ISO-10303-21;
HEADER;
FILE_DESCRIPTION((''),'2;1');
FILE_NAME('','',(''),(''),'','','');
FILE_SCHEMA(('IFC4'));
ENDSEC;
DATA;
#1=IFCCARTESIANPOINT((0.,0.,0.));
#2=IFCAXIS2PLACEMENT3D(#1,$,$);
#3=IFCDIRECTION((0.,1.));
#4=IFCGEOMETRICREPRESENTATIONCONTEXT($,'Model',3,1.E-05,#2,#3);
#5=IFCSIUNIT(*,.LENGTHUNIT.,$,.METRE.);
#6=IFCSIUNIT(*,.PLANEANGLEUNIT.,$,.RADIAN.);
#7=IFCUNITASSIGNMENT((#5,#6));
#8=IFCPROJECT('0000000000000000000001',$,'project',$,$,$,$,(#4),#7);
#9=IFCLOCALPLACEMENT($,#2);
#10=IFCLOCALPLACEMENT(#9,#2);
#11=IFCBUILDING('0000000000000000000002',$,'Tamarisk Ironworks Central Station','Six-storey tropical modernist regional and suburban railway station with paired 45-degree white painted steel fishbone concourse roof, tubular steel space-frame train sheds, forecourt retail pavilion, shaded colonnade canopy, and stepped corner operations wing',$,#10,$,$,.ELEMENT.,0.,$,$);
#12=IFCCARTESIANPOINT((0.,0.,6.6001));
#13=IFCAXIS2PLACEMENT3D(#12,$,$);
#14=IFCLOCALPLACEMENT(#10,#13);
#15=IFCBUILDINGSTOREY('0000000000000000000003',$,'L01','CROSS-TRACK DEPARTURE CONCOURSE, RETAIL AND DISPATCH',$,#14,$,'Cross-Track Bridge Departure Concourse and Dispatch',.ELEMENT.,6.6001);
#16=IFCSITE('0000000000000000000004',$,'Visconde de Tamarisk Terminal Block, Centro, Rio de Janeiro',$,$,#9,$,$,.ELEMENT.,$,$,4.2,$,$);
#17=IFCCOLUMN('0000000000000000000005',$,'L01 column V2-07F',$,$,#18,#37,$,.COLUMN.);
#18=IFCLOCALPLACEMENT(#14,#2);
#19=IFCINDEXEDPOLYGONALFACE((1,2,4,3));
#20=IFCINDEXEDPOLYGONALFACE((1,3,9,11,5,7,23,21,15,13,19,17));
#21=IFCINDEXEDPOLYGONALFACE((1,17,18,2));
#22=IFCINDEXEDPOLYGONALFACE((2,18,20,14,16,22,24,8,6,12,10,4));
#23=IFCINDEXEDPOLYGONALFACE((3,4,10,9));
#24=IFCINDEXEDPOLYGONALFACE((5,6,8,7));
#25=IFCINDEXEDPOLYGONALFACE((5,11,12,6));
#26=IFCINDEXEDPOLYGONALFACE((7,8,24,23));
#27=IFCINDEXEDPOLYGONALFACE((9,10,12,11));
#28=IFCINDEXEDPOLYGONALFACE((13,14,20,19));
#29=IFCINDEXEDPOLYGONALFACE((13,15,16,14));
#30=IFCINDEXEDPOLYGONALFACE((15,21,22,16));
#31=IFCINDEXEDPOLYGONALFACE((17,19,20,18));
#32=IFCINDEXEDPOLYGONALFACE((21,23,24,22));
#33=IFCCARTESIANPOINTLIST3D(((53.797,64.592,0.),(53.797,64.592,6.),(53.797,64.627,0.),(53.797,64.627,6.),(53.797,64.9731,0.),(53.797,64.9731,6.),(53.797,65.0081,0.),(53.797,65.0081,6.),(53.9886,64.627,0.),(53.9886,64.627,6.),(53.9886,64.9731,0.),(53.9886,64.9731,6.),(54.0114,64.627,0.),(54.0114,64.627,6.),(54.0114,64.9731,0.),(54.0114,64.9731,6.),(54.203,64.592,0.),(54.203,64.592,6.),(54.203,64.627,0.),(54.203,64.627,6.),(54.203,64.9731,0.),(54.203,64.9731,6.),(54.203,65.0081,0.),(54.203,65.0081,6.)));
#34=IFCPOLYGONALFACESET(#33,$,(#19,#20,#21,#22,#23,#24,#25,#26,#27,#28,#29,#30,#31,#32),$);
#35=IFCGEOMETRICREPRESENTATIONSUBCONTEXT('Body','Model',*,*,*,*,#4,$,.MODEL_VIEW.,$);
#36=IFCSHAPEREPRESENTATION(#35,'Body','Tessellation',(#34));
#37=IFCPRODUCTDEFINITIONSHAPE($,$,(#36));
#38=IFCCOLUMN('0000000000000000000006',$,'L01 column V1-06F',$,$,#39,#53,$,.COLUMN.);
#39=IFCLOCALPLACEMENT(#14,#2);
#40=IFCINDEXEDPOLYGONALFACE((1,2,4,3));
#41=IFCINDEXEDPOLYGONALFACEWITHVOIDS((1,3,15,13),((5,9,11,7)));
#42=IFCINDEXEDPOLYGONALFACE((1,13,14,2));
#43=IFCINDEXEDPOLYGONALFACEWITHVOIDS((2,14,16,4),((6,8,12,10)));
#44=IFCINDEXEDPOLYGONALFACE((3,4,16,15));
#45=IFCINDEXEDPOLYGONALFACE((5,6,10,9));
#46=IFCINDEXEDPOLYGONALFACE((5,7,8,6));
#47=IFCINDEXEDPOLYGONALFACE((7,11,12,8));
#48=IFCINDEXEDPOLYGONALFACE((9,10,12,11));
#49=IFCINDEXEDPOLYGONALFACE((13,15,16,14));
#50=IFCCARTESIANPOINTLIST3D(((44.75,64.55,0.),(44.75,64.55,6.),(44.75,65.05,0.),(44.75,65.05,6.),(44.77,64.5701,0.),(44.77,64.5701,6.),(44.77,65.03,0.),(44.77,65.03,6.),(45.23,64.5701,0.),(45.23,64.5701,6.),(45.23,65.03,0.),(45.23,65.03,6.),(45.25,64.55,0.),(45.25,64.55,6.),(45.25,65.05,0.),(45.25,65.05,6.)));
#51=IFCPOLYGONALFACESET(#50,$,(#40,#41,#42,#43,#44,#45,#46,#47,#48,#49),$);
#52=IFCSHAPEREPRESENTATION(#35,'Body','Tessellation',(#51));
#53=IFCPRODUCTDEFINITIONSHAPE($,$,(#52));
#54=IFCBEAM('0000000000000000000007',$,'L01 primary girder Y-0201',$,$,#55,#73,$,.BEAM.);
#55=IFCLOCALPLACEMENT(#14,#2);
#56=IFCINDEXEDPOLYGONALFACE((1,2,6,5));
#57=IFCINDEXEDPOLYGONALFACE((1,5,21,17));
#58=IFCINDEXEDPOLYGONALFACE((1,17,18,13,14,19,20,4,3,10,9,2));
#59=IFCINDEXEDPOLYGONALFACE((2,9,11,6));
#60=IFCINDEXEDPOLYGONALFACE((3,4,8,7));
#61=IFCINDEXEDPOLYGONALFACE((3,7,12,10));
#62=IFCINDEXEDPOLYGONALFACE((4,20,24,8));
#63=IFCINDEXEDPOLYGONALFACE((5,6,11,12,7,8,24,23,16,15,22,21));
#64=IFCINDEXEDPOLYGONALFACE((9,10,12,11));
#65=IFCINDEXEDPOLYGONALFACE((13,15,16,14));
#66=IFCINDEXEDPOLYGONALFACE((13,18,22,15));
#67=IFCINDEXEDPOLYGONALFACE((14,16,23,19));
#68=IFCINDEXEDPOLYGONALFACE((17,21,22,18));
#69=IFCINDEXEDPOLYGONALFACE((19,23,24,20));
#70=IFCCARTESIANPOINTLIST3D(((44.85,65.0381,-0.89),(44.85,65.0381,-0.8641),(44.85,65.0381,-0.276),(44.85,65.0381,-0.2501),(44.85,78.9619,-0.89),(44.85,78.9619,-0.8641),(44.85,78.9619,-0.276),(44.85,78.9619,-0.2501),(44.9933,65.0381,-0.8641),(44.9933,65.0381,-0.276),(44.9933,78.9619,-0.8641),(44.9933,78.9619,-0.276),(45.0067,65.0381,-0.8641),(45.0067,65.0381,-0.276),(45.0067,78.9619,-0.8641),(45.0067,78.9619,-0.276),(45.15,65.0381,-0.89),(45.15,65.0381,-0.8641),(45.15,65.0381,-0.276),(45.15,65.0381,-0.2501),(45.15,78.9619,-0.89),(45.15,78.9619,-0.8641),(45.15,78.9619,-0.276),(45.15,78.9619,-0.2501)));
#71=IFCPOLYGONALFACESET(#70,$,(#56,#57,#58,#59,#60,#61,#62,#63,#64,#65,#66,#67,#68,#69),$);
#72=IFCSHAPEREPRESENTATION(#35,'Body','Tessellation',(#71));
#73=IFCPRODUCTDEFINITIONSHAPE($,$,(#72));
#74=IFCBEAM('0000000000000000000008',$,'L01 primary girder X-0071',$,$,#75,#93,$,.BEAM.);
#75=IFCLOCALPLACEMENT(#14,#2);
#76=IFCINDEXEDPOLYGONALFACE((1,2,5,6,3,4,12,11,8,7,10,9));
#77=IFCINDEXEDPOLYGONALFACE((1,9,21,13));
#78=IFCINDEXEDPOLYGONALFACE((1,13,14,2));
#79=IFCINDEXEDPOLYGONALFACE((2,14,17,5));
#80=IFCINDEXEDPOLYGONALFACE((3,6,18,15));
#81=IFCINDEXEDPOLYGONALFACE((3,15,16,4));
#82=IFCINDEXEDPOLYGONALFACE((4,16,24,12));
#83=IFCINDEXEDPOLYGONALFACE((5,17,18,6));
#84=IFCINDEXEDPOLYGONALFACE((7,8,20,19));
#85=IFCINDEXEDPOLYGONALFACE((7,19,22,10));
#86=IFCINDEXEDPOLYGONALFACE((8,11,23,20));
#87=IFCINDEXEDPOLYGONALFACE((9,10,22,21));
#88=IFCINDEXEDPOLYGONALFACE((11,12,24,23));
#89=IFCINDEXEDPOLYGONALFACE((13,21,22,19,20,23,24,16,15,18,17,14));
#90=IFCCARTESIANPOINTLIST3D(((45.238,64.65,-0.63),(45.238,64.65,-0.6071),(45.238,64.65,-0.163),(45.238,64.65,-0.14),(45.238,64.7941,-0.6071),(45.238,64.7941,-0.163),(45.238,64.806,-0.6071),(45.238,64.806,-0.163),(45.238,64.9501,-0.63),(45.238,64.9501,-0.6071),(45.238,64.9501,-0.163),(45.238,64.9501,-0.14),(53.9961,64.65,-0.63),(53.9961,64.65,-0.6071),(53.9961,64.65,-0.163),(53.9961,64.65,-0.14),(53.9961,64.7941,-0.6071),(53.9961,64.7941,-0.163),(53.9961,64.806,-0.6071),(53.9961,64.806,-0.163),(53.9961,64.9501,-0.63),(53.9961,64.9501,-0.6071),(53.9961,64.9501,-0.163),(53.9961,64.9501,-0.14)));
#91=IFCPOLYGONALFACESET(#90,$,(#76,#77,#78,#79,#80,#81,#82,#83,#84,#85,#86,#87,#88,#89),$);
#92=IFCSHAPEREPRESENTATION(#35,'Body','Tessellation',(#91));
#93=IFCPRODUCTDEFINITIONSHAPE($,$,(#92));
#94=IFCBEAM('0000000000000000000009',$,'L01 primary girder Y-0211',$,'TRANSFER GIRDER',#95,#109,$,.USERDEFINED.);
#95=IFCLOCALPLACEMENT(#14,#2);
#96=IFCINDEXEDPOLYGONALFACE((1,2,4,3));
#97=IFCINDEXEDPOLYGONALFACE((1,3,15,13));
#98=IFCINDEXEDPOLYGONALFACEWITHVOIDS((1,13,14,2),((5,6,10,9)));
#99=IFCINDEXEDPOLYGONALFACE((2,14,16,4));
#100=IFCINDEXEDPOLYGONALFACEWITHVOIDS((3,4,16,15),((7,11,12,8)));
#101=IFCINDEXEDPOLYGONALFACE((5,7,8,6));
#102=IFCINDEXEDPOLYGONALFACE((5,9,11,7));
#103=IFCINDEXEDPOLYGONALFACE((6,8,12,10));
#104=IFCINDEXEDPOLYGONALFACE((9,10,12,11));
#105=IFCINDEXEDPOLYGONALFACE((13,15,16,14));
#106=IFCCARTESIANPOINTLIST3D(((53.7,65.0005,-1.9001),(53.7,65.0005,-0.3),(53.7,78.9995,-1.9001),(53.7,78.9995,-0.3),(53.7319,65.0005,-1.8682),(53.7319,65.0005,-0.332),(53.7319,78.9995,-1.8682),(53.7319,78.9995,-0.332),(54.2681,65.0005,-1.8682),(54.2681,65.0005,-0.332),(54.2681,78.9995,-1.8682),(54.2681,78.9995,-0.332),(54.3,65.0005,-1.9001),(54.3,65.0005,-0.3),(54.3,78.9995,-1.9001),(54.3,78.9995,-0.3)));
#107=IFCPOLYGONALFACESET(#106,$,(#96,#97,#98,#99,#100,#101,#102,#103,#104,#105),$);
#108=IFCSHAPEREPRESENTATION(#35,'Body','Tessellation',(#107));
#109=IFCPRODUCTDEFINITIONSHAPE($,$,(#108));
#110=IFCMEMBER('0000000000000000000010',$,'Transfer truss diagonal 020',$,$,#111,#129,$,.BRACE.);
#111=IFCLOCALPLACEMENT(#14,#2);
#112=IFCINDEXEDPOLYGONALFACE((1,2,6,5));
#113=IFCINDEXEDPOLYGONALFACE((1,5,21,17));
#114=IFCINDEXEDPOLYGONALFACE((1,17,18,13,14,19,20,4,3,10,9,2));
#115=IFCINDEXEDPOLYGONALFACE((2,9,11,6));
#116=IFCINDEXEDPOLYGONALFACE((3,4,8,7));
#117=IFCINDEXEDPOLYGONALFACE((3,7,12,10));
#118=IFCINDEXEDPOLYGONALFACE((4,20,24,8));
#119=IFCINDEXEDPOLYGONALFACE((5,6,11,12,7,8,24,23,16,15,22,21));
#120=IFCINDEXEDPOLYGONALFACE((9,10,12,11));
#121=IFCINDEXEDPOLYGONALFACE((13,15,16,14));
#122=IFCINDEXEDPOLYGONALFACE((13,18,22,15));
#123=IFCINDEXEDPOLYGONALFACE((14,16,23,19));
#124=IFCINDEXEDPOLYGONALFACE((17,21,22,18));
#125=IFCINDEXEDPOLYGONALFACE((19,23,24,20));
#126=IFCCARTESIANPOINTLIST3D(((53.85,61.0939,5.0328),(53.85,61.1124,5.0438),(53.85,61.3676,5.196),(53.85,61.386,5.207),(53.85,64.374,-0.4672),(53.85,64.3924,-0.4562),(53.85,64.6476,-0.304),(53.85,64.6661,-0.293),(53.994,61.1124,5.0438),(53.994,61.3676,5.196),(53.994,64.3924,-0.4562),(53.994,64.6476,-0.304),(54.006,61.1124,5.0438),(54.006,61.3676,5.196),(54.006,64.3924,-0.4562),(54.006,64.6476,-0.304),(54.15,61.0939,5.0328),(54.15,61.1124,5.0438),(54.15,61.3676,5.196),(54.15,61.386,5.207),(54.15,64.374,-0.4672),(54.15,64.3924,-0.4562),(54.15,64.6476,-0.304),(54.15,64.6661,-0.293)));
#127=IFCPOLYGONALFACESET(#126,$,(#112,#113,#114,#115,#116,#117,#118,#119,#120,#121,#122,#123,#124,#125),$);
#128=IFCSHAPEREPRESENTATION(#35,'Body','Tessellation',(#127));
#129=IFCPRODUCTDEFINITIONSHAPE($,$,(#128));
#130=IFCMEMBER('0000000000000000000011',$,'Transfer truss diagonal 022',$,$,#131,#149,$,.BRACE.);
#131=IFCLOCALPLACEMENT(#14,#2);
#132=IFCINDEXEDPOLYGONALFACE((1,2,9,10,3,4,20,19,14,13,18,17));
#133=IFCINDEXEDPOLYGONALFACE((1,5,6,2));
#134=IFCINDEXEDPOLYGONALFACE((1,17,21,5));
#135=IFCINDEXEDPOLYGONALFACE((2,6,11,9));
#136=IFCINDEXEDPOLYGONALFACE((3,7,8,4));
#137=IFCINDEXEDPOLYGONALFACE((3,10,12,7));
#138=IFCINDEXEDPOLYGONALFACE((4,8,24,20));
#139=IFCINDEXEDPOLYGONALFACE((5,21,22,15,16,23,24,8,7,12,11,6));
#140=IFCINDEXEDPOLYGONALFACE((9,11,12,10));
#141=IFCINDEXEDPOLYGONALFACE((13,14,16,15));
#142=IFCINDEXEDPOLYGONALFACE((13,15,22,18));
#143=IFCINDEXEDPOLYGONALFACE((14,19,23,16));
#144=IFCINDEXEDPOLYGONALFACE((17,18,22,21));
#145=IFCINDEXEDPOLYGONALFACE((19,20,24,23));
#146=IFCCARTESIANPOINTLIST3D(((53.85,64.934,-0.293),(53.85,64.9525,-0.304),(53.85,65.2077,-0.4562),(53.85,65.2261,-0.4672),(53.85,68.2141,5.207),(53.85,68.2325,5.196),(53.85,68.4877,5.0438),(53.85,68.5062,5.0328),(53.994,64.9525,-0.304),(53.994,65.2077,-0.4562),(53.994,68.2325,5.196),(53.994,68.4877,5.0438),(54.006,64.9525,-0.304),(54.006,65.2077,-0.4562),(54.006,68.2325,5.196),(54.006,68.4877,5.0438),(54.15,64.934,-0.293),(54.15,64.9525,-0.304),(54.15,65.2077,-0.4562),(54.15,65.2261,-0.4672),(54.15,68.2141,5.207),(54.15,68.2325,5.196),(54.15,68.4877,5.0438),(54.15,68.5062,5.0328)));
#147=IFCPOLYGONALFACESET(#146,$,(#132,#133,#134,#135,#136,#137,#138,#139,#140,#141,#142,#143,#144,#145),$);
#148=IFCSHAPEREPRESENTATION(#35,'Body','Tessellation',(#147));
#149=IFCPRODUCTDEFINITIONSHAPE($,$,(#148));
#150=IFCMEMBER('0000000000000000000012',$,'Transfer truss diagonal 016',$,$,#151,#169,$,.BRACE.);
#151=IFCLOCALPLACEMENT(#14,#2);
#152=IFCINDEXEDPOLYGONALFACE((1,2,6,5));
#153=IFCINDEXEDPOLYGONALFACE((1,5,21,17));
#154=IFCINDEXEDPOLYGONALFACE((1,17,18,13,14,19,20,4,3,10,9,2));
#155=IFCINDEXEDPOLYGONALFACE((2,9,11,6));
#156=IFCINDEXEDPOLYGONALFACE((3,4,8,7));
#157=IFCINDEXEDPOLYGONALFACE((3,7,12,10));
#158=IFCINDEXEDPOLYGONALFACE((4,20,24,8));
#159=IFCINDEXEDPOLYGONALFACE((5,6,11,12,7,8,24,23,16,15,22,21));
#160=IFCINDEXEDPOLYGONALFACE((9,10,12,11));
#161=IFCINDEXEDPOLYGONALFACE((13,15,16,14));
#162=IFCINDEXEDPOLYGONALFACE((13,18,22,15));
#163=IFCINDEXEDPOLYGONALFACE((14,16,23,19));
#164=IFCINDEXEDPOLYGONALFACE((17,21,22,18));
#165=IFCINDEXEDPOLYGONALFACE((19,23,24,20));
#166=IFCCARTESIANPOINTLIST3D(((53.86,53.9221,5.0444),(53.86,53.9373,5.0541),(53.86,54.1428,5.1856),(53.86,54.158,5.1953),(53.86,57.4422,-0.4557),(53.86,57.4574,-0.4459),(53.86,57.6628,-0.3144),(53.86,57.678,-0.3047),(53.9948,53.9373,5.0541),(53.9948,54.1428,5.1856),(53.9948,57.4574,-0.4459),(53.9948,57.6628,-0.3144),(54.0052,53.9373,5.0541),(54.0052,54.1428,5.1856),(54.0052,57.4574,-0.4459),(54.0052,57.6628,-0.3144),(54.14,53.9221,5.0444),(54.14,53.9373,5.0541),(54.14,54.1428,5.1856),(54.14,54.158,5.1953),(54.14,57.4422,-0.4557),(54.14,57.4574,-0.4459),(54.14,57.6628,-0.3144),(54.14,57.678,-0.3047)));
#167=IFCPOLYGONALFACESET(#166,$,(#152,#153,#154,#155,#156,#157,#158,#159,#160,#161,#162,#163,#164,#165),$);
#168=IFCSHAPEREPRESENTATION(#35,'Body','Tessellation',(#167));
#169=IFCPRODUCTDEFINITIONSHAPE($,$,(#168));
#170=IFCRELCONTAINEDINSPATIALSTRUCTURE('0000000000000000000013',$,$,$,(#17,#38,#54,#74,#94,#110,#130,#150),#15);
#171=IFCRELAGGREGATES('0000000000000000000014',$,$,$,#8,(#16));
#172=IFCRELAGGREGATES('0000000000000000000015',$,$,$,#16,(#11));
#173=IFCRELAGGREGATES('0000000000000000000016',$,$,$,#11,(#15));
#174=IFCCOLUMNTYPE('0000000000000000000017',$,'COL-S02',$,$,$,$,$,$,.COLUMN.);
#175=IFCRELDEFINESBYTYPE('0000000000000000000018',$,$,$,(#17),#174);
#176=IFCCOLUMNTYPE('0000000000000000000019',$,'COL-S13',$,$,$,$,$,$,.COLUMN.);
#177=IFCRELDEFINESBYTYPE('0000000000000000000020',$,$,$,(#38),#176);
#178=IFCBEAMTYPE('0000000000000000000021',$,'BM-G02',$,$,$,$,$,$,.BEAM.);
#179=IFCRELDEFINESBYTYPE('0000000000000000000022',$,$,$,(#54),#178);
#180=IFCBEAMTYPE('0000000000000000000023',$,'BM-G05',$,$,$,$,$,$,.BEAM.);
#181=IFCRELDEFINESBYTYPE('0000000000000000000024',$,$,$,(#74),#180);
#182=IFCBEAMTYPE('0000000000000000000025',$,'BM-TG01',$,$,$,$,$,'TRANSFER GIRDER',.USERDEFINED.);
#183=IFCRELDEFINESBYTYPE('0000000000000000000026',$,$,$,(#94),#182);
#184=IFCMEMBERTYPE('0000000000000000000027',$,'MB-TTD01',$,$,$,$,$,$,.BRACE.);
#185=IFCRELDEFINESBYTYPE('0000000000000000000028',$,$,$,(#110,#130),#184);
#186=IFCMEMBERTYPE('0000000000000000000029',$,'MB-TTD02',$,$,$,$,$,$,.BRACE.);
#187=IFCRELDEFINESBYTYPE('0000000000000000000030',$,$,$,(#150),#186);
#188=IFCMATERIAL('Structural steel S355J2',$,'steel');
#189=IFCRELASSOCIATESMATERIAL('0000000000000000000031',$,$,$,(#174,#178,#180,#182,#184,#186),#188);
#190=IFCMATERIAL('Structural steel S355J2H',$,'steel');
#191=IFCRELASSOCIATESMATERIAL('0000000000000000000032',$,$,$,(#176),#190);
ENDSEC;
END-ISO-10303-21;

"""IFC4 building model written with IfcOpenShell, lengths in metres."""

from ifc_helpers import new_model, si_unit, direction, frame, origin, origin_2d, place, context, subcontext, project, spatial, hollow_rectangle, i_section, extrude, material, material_profile, profile_set, type_object, element, save


model = new_model("IFC4")

# Units and contexts
model_context = context("Model", 3, precision=1e-05, world=origin(), true_north=direction((0.0, 1.0)))
body_context = subcontext(model_context, "Body", "Model", "MODEL_VIEW")
ifc_project = project(units=[si_unit("LENGTHUNIT", "METRE"), si_unit("PLANEANGLEUNIT", "RADIAN")], contexts=[model_context])

# Site, building, storey
site_placement = place(None, origin())
site = spatial("IfcSite", under=ifc_project, at=site_placement, Name="Visconde de Tamarisk Terminal Block, Centro, Rio de Janeiro", CompositionType="ELEMENT", RefElevation=4.2)
building_placement = place(site_placement, origin())
building = spatial("IfcBuilding", under=site, at=building_placement, Name="Tamarisk Ironworks Central Station", Description="Six-storey tropical modernist regional and suburban railway station with paired 45-degree white painted steel fishbone concourse roof, tubular steel space-frame train sheds, forecourt retail pavilion, shaded colonnade canopy, and stepped corner operations wing", CompositionType="ELEMENT", ElevationOfRefHeight=0.0)
storey_placement = place(building_placement, frame((0.0, 0.0, 6.6001)))
storey = spatial("IfcBuildingStorey", under=building, at=storey_placement, Name="L01", Description="CROSS-TRACK DEPARTURE CONCOURSE, RETAIL AND DISPATCH", LongName="Cross-Track Bridge Departure Concourse and Dispatch", CompositionType="ELEMENT", Elevation=6.6001)

# Columns
ifc_material_1 = material(Name="Structural steel S355J2", Category="steel")
ifc_material_profile_1 = material_profile(ifc_material_1, i_section(OverallWidth=0.406, OverallDepth=0.416, WebThickness=0.0227, FlangeThickness=0.0349, at=origin_2d()), Name="HD 400x382")
ifc_profile_set_1 = profile_set([ifc_material_profile_1], Name="Structural steel S355J2")
column_type_1 = type_object("IfcColumnType", Name="COL-S02", PredefinedType="COLUMN", material=ifc_profile_set_1)
column_1_placement = place(storey_placement, frame((54.0, 64.8, 0.0), z_axis=(0.0, 0.0, 1.0), x_axis=(1.0, 0.0, 0.0)))
element("IfcColumn", 1, at=column_1_placement, inside=storey, type_object=column_type_1, Name="L01 column V2-07F", PredefinedType="COLUMN", context=body_context, shape_type="SweptSolid", body=[
    extrude(i_section(OverallWidth=0.406, OverallDepth=0.416, WebThickness=0.0227, FlangeThickness=0.0349, at=origin_2d()), origin(), (0.0, 0.0, 1.0), 6.0),
])
ifc_material_2 = material(Name="Structural steel S355J2H", Category="steel")
ifc_material_profile_2 = material_profile(ifc_material_2, hollow_rectangle(XDim=0.5, YDim=0.5, WallThickness=0.02, at=origin_2d()), Name="SHS 500x500x20")
ifc_profile_set_2 = profile_set([ifc_material_profile_2], Name="Structural steel S355J2H")
column_type_2 = type_object("IfcColumnType", Name="COL-S13", PredefinedType="COLUMN", material=ifc_profile_set_2)
column_2_placement = place(storey_placement, frame((45.0, 64.8, 0.0), z_axis=(0.0, 0.0, 1.0), x_axis=(1.0, 0.0, 0.0)))
element("IfcColumn", 2, at=column_2_placement, inside=storey, type_object=column_type_2, Name="L01 column V1-06F", PredefinedType="COLUMN", context=body_context, shape_type="SweptSolid", body=[
    extrude(hollow_rectangle(XDim=0.5, YDim=0.5, WallThickness=0.02, at=origin_2d()), origin(), (0.0, 0.0, 1.0), 6.0),
])

# Beams
ifc_material_profile_3 = material_profile(ifc_material_1, i_section(OverallWidth=0.3, OverallDepth=0.6399, WebThickness=0.0134, FlangeThickness=0.0259, at=origin_2d()), Name="HEA 650")
ifc_profile_set_3 = profile_set([ifc_material_profile_3], Name="Structural steel S355J2")
beam_type_1 = type_object("IfcBeamType", Name="BM-G02", PredefinedType="BEAM", material=ifc_profile_set_3)
beam_1_placement = place(storey_placement, frame((45.0, 65.0381, -0.5701), z_axis=(0.0, 1.0, 0.0), x_axis=(-1.0, 0.0, 0.0)))
element("IfcBeam", 3, at=beam_1_placement, inside=storey, type_object=beam_type_1, Name="L01 primary girder Y-0201", PredefinedType="BEAM", context=body_context, shape_type="SweptSolid", body=[
    extrude(i_section(OverallWidth=0.3, OverallDepth=0.6399, WebThickness=0.0134, FlangeThickness=0.0259, at=origin_2d()), origin(), (0.0, 0.0, 1.0), 13.9238),
])
ifc_material_profile_4 = material_profile(ifc_material_1, i_section(OverallWidth=0.3, OverallDepth=0.49, WebThickness=0.012, FlangeThickness=0.0229, at=origin_2d()), Name="HEA 500")
ifc_profile_set_4 = profile_set([ifc_material_profile_4], Name="Structural steel S355J2")
beam_type_2 = type_object("IfcBeamType", Name="BM-G05", PredefinedType="BEAM", material=ifc_profile_set_4)
beam_2_placement = place(storey_placement, frame((45.238, 64.8, -0.385), z_axis=(1.0, 0.0, 0.0), x_axis=(0.0, 1.0, 0.0)))
element("IfcBeam", 4, at=beam_2_placement, inside=storey, type_object=beam_type_2, Name="L01 primary girder X-0071", PredefinedType="BEAM", context=body_context, shape_type="SweptSolid", body=[
    extrude(i_section(OverallWidth=0.3, OverallDepth=0.49, WebThickness=0.012, FlangeThickness=0.0229, at=origin_2d()), origin(), (0.0, 0.0, 1.0), 8.7581),
])
ifc_material_profile_5 = material_profile(ifc_material_1, hollow_rectangle(XDim=0.6001, YDim=1.6001, WallThickness=0.032, at=origin_2d()), Name="BOX 600x1600x32")
ifc_profile_set_5 = profile_set([ifc_material_profile_5], Name="Structural steel S355J2")
beam_type_3 = type_object("IfcBeamType", Name="BM-TG01", ElementType="TRANSFER GIRDER", PredefinedType="USERDEFINED", material=ifc_profile_set_5)
beam_3_placement = place(storey_placement, frame((54.0, 65.0005, -1.1001), z_axis=(0.0, 1.0, 0.0), x_axis=(-1.0, 0.0, 0.0)))
element("IfcBeam", 5, at=beam_3_placement, inside=storey, type_object=beam_type_3, Name="L01 primary girder Y-0211", ObjectType="TRANSFER GIRDER", PredefinedType="USERDEFINED", context=body_context, shape_type="SweptSolid", body=[
    extrude(hollow_rectangle(XDim=0.6001, YDim=1.6001, WallThickness=0.032, at=origin_2d()), origin(), (0.0, 0.0, 1.0), 13.999),
])

# Members
ifc_material_profile_6 = material_profile(ifc_material_1, i_section(OverallWidth=0.3, OverallDepth=0.3401, WebThickness=0.012, FlangeThickness=0.0215, at=origin_2d()), Name="HEB 340")
ifc_profile_set_6 = profile_set([ifc_material_profile_6], Name="Structural steel S355J2")
member_type_1 = type_object("IfcMemberType", Name="MB-TTD01", PredefinedType="BRACE", material=ifc_profile_set_6)
for number, where, z_axis, x_axis, name in (
    (6, (54.0, 61.24, 5.1199), (0.0, 0.512201, -0.858866), (-1.0, 0.0, 0.0), "Transfer truss diagonal 020"),
    (7, (54.0, 65.0801, -0.3801), (0.0, 0.512201, 0.858866), (-1.0, 0.0, 0.0), "Transfer truss diagonal 022"),
):
    element("IfcMember", number, at=place(storey_placement, frame(where, z_axis=z_axis, x_axis=x_axis)), inside=storey, type_object=member_type_1, Name=name, PredefinedType="BRACE", context=body_context, shape_type="SweptSolid", body=[
        extrude(i_section(OverallWidth=0.3, OverallDepth=0.3401, WebThickness=0.012, FlangeThickness=0.0215, at=origin_2d()), origin(), (0.0, 0.0, 1.0), 6.4038),
    ])
ifc_material_profile_7 = material_profile(ifc_material_1, i_section(OverallWidth=0.28, OverallDepth=0.28, WebThickness=0.0105, FlangeThickness=0.0181, at=origin_2d()), Name="HEB 280")
ifc_profile_set_7 = profile_set([ifc_material_profile_7], Name="Structural steel S355J2")
member_type_2 = type_object("IfcMemberType", Name="MB-TTD02", PredefinedType="BRACE", material=ifc_profile_set_7)
for number, where, z_axis, x_axis, name in (
    (8, (54.0, 54.04, 5.1199), (0.0, 0.539056, -0.84227), (-1.0, 0.0, 0.0), "Transfer truss diagonal 016"),
):
    element("IfcMember", number, at=place(storey_placement, frame(where, z_axis=z_axis, x_axis=x_axis)), inside=storey, type_object=member_type_2, Name=name, PredefinedType="BRACE", context=body_context, shape_type="SweptSolid", body=[
        extrude(i_section(OverallWidth=0.28, OverallDepth=0.28, WebThickness=0.0105, FlangeThickness=0.0181, at=origin_2d()), origin(), (0.0, 0.0, 1.0), 6.53),
    ])

save(model, "model.ifc")
